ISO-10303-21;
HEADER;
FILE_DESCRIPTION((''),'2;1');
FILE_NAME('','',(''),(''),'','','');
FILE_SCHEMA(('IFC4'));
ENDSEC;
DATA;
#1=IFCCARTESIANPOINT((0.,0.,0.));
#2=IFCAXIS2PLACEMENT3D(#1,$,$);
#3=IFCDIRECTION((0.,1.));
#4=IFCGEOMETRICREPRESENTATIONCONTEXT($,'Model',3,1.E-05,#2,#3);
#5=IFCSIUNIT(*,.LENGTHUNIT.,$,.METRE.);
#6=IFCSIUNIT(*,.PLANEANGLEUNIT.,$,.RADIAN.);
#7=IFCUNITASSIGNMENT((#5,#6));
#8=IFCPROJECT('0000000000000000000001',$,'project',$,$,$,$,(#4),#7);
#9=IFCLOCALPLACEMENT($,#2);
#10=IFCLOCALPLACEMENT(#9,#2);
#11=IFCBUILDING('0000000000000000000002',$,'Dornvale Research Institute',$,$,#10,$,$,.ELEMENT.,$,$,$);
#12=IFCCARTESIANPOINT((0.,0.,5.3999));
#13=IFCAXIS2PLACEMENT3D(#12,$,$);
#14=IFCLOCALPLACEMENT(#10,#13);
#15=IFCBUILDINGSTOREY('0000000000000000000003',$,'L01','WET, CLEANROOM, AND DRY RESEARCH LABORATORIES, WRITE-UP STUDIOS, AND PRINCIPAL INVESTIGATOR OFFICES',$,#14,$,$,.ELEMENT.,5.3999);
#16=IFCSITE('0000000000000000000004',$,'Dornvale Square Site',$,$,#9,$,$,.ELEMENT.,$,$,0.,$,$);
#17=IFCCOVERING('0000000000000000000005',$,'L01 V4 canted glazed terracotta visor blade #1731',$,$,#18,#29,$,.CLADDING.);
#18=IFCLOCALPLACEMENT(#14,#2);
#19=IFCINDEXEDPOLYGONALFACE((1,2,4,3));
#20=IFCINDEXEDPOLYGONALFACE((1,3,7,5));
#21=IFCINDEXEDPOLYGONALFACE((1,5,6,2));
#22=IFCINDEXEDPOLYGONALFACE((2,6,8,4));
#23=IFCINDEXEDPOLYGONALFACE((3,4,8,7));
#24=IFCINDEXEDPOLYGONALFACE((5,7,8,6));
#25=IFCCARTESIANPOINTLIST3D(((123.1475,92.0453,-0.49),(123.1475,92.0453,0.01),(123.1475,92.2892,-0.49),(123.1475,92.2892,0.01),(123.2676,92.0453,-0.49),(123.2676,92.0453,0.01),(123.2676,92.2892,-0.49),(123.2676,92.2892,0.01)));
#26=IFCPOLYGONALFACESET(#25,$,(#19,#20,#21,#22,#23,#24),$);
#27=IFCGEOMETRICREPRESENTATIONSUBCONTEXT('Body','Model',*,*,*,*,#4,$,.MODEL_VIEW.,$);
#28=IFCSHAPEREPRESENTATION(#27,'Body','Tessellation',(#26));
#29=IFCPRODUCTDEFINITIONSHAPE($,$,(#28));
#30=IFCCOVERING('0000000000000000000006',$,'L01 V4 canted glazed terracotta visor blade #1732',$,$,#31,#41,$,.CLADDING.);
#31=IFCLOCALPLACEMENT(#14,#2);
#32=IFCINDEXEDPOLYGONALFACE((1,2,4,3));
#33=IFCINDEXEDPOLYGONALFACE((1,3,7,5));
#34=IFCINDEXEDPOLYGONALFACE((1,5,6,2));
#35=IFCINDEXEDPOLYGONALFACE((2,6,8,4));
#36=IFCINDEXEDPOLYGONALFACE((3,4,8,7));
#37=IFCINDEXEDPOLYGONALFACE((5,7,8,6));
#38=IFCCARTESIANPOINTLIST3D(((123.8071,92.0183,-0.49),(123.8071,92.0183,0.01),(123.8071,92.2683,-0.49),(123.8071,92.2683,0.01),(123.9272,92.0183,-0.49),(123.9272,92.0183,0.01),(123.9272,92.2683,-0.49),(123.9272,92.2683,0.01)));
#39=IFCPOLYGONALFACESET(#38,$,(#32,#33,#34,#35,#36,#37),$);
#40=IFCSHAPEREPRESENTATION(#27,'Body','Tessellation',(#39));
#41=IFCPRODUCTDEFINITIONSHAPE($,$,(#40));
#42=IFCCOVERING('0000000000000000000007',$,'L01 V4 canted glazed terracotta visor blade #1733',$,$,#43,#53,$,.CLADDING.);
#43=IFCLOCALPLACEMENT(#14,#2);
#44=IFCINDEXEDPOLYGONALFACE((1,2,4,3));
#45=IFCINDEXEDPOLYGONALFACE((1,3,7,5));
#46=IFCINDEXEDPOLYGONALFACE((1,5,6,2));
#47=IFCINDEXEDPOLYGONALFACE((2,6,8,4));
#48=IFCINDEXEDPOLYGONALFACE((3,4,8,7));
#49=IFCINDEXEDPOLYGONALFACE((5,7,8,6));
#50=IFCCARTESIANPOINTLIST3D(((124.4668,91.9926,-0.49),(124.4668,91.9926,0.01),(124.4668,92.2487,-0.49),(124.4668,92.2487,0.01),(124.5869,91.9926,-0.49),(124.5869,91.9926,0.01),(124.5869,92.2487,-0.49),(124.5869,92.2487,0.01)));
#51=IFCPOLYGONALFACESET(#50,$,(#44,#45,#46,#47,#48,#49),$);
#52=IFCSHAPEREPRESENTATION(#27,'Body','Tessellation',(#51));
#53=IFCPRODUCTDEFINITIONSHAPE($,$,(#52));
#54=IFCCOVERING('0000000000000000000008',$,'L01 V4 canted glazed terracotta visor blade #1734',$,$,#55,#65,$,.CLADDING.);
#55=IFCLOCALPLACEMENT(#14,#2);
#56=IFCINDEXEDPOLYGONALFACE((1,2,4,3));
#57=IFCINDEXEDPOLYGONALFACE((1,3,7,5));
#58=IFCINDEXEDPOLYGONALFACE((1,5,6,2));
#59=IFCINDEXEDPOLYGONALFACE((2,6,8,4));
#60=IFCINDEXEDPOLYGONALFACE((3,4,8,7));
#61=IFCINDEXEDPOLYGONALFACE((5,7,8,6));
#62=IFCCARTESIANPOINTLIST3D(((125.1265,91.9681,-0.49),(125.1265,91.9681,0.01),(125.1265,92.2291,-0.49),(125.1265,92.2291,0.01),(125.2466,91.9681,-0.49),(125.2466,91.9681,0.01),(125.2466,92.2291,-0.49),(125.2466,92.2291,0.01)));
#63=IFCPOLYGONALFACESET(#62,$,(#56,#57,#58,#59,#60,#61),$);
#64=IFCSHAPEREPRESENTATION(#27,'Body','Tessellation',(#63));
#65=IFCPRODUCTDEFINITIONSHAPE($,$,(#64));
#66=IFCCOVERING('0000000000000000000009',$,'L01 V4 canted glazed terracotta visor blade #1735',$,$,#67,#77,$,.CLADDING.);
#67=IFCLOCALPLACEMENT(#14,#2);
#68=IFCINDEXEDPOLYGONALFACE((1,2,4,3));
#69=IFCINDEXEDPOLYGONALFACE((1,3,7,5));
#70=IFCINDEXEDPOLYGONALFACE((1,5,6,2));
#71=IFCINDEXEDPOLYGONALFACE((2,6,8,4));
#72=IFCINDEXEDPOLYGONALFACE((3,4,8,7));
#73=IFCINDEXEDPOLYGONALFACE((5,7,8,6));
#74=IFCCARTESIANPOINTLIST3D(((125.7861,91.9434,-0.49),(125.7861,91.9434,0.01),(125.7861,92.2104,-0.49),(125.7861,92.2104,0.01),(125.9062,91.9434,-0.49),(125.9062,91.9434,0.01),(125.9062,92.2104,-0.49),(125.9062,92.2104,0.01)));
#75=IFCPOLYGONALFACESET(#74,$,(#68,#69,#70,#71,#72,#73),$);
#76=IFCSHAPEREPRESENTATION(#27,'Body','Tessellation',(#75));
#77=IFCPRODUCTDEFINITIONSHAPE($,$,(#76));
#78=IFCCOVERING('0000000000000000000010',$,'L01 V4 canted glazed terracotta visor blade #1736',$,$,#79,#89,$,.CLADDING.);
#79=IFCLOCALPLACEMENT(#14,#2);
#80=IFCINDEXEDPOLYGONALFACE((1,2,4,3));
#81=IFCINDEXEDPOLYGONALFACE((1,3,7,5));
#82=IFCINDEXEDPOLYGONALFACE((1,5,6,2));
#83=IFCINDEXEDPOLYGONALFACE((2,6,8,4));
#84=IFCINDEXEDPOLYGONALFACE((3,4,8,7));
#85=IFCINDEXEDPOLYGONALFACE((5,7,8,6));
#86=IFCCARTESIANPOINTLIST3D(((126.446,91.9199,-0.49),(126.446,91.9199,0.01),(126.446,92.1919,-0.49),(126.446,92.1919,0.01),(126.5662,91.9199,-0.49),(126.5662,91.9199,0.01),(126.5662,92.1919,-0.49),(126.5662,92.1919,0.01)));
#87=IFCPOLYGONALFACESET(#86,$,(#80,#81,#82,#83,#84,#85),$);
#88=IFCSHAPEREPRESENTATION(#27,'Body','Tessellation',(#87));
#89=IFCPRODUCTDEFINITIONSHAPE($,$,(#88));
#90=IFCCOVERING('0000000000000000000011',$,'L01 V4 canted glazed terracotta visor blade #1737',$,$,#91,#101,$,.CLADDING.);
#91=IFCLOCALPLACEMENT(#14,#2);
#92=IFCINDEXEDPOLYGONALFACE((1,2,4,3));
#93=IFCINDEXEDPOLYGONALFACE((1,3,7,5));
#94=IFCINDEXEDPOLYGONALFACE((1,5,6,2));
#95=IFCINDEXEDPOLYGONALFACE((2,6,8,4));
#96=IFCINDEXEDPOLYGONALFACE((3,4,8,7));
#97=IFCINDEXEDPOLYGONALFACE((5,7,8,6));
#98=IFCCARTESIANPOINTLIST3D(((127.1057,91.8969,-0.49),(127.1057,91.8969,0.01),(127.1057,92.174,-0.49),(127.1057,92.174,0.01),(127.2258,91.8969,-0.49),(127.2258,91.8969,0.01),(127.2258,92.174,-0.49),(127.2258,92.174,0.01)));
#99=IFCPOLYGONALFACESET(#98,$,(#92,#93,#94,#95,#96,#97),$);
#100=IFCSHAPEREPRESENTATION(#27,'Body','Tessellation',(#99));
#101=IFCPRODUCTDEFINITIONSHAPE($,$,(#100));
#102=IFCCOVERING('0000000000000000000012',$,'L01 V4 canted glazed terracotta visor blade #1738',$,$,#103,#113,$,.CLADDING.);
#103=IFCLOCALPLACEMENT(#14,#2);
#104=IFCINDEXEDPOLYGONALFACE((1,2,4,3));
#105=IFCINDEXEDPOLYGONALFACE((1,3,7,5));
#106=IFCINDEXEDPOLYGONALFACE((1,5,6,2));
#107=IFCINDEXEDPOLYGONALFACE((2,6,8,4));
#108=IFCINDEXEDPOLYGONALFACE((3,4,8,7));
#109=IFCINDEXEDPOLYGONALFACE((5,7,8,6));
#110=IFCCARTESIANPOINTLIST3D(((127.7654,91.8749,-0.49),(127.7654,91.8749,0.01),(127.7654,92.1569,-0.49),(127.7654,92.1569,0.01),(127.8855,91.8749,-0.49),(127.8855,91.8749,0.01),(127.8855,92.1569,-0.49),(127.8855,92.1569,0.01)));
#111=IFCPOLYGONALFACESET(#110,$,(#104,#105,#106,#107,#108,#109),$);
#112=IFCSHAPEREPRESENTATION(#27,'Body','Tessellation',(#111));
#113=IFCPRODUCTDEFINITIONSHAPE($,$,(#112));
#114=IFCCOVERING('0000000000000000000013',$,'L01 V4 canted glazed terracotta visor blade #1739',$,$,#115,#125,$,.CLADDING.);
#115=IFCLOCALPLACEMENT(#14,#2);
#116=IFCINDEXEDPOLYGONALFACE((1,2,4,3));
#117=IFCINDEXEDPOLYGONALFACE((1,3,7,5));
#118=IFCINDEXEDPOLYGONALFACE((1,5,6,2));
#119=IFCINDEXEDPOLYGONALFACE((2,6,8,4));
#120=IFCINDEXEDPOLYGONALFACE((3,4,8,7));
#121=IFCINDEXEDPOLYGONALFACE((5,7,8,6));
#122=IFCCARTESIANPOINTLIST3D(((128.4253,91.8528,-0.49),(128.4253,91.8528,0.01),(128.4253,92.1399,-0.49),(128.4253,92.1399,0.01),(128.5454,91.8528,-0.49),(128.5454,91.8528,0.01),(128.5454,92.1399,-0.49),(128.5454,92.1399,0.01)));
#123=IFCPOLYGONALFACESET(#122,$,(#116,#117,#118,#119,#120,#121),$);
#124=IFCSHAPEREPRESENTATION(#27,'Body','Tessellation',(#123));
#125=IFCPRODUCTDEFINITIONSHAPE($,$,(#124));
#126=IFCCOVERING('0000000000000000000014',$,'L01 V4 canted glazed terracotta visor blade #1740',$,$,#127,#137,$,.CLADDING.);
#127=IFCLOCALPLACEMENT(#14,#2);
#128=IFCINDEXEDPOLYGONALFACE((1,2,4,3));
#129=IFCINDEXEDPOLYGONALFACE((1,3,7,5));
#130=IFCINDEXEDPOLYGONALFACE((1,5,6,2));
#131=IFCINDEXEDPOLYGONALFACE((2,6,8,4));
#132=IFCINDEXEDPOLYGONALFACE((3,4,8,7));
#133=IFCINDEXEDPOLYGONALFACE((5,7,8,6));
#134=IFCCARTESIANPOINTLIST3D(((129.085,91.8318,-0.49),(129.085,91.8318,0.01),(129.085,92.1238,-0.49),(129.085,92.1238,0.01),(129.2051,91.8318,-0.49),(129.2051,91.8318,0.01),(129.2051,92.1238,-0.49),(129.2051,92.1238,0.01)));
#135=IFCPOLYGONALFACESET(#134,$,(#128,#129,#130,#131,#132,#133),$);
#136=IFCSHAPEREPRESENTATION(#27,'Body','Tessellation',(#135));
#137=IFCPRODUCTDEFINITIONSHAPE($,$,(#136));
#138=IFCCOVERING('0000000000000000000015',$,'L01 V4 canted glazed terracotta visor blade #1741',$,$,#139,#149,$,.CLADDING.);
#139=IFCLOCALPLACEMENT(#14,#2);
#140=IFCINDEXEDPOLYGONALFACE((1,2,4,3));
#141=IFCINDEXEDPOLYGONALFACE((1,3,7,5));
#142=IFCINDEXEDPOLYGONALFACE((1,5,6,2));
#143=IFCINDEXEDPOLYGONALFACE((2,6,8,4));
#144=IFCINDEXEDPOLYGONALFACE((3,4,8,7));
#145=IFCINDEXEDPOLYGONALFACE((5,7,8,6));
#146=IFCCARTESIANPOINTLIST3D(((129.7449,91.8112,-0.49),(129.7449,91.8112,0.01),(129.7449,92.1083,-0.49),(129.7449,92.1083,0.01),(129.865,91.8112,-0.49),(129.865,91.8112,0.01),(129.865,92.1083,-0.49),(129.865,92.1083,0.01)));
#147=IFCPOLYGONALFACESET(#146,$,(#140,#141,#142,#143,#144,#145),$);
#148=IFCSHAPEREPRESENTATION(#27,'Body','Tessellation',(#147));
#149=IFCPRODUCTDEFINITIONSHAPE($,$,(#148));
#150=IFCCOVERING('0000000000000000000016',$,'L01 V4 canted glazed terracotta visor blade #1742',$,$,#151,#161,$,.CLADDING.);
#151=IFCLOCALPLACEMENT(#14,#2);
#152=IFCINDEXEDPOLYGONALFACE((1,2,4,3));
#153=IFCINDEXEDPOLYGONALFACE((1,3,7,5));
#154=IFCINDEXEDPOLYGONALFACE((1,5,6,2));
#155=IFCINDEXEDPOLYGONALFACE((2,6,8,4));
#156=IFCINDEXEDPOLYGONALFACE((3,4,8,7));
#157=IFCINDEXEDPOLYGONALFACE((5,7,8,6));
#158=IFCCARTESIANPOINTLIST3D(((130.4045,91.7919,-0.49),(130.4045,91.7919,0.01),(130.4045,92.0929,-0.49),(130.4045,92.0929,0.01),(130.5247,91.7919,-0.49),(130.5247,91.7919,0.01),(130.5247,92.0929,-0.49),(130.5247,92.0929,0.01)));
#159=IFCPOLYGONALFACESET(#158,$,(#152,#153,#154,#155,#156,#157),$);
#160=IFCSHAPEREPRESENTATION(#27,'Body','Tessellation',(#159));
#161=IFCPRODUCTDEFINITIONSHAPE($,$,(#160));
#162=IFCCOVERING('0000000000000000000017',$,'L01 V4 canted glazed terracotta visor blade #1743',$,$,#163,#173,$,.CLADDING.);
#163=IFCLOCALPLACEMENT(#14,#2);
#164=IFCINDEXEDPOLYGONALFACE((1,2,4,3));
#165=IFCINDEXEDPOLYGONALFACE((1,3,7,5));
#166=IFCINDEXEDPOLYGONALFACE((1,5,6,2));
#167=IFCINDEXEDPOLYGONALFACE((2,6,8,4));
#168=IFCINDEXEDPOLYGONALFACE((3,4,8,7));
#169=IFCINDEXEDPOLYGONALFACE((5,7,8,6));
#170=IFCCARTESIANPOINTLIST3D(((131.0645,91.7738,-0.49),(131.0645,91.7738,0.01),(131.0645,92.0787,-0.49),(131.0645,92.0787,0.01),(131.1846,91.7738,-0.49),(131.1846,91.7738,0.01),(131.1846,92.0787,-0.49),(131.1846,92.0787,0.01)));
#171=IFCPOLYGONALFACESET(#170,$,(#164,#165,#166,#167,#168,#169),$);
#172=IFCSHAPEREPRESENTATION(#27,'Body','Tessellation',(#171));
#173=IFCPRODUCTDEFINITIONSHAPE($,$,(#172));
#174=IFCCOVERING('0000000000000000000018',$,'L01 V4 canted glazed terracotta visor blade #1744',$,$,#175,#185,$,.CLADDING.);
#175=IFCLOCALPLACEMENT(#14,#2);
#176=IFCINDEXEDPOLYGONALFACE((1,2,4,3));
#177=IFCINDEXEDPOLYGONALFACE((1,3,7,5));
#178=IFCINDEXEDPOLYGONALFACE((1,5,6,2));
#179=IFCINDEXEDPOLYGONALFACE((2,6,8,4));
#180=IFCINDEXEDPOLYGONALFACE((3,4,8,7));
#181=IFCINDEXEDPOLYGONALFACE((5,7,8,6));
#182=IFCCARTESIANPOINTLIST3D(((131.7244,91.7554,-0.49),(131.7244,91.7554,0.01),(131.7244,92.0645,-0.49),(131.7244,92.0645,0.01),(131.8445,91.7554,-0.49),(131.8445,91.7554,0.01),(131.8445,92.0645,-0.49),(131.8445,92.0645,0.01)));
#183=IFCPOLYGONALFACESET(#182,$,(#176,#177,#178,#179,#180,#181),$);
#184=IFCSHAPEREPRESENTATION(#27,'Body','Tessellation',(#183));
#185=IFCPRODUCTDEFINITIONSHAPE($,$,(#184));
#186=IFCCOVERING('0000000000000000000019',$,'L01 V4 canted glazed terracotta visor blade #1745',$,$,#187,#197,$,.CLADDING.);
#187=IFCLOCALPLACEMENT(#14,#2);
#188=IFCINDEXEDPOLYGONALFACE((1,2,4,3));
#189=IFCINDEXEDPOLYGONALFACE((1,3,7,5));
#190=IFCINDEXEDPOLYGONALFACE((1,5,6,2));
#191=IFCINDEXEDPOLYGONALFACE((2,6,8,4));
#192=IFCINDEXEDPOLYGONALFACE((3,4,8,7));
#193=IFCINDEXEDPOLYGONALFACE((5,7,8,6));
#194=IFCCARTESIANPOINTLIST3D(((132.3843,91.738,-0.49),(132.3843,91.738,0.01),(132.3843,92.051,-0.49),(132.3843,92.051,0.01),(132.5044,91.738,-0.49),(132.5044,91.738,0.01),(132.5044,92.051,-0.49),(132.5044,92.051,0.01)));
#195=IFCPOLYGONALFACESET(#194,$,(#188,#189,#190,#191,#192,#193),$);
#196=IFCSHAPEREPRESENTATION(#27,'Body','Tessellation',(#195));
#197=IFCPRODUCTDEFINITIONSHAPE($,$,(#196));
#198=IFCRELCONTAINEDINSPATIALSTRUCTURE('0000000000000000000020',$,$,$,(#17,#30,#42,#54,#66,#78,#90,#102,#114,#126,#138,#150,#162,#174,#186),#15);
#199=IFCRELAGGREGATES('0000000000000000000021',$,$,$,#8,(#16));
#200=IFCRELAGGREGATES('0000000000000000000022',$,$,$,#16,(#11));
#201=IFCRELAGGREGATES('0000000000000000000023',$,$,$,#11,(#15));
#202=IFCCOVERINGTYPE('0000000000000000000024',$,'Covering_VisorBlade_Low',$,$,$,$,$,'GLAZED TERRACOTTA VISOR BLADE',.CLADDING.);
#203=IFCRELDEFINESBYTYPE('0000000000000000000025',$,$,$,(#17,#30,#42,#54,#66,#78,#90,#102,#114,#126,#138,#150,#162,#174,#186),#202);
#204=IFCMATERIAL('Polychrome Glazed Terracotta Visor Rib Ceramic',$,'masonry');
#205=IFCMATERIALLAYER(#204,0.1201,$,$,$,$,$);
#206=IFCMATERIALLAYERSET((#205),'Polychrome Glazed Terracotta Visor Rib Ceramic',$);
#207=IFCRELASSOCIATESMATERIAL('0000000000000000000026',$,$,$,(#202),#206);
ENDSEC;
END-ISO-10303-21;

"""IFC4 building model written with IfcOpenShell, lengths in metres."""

from ifc_helpers import new_model, si_unit, direction, frame, origin, origin_2d, place, context, subcontext, project, spatial, rectangle, extrude, material, layer, layer_set, type_object, element, save


model = new_model("IFC4")

# Units and contexts
model_context = context("Model", 3, precision=1e-05, world=origin(), true_north=direction((0.0, 1.0)))
body_context = subcontext(model_context, "Body", "Model", "MODEL_VIEW")
ifc_project = project(units=[si_unit("LENGTHUNIT", "METRE"), si_unit("PLANEANGLEUNIT", "RADIAN")], contexts=[model_context])

# Site, building, storey
site_placement = place(None, origin())
site = spatial("IfcSite", under=ifc_project, at=site_placement, Name="Dornvale Square Site", CompositionType="ELEMENT", RefElevation=0.0)
building_placement = place(site_placement, origin())
building = spatial("IfcBuilding", under=site, at=building_placement, Name="Dornvale Research Institute", CompositionType="ELEMENT")
storey_placement = place(building_placement, frame((0.0, 0.0, 5.3999)))
storey = spatial("IfcBuildingStorey", under=building, at=storey_placement, Name="L01", Description="WET, CLEANROOM, AND DRY RESEARCH LABORATORIES, WRITE-UP STUDIOS, AND PRINCIPAL INVESTIGATOR OFFICES", CompositionType="ELEMENT", Elevation=5.3999)

# Coverings
ifc_material_1 = material(Name="Polychrome Glazed Terracotta Visor Rib Ceramic", Category="masonry")
ifc_layer_1 = layer(ifc_material_1, 0.1201)
ifc_layer_set_1 = layer_set([ifc_layer_1], Name="Polychrome Glazed Terracotta Visor Rib Ceramic")
covering_type = type_object("IfcCoveringType", Name="Covering_VisorBlade_Low", ElementType="GLAZED TERRACOTTA VISOR BLADE", PredefinedType="CLADDING", material=ifc_layer_set_1)
covering_1_placement = place(storey_placement, frame((123.2075, 92.1672, -0.49), z_axis=(0.0, 0.0, 1.0), x_axis=(0.0, 1.0, 0.0)))
element("IfcCovering", 1, at=covering_1_placement, inside=storey, type_object=covering_type, Name="L01 V4 canted glazed terracotta visor blade #1731", PredefinedType="CLADDING", context=body_context, shape_type="SweptSolid", body=[
    extrude(rectangle(XDim=0.2439, YDim=0.1201, at=origin_2d()), origin(), (0.0, 0.0, 1.0), 0.5),
])
covering_2_placement = place(storey_placement, frame((123.8672, 92.1433, -0.49), z_axis=(0.0, 0.0, 1.0), x_axis=(0.0, 1.0, 0.0)))
element("IfcCovering", 2, at=covering_2_placement, inside=storey, type_object=covering_type, Name="L01 V4 canted glazed terracotta visor blade #1732", PredefinedType="CLADDING", context=body_context, shape_type="SweptSolid", body=[
    extrude(rectangle(XDim=0.25, YDim=0.1201, at=origin_2d()), origin(), (0.0, 0.0, 1.0), 0.5),
])
covering_3_placement = place(storey_placement, frame((124.5269, 92.1206, -0.49), z_axis=(0.0, 0.0, 1.0), x_axis=(0.0, 1.0, 0.0)))
element("IfcCovering", 3, at=covering_3_placement, inside=storey, type_object=covering_type, Name="L01 V4 canted glazed terracotta visor blade #1733", PredefinedType="CLADDING", context=body_context, shape_type="SweptSolid", body=[
    extrude(rectangle(XDim=0.2561, YDim=0.1201, at=origin_2d()), origin(), (0.0, 0.0, 1.0), 0.5),
])
covering_4_placement = place(storey_placement, frame((125.1865, 92.0986, -0.49), z_axis=(0.0, 0.0, 1.0), x_axis=(0.0, 1.0, 0.0)))
element("IfcCovering", 4, at=covering_4_placement, inside=storey, type_object=covering_type, Name="L01 V4 canted glazed terracotta visor blade #1734", PredefinedType="CLADDING", context=body_context, shape_type="SweptSolid", body=[
    extrude(rectangle(XDim=0.261, YDim=0.1201, at=origin_2d()), origin(), (0.0, 0.0, 1.0), 0.5),
])
covering_5_placement = place(storey_placement, frame((125.8462, 92.0769, -0.49), z_axis=(0.0, 0.0, 1.0), x_axis=(0.0, 1.0, 0.0)))
element("IfcCovering", 5, at=covering_5_placement, inside=storey, type_object=covering_type, Name="L01 V4 canted glazed terracotta visor blade #1735", PredefinedType="CLADDING", context=body_context, shape_type="SweptSolid", body=[
    extrude(rectangle(XDim=0.2671, YDim=0.1201, at=origin_2d()), origin(), (0.0, 0.0, 1.0), 0.5),
])
covering_6_placement = place(storey_placement, frame((126.5061, 92.0559, -0.49), z_axis=(0.0, 0.0, 1.0), x_axis=(0.0, 1.0, 0.0)))
element("IfcCovering", 6, at=covering_6_placement, inside=storey, type_object=covering_type, Name="L01 V4 canted glazed terracotta visor blade #1736", PredefinedType="CLADDING", context=body_context, shape_type="SweptSolid", body=[
    extrude(rectangle(XDim=0.272, YDim=0.1201, at=origin_2d()), origin(), (0.0, 0.0, 1.0), 0.5),
])
covering_7_placement = place(storey_placement, frame((127.1658, 92.0354, -0.49), z_axis=(0.0, 0.0, 1.0), x_axis=(0.0, 1.0, 0.0)))
element("IfcCovering", 7, at=covering_7_placement, inside=storey, type_object=covering_type, Name="L01 V4 canted glazed terracotta visor blade #1737", PredefinedType="CLADDING", context=body_context, shape_type="SweptSolid", body=[
    extrude(rectangle(XDim=0.2771, YDim=0.1201, at=origin_2d()), origin(), (0.0, 0.0, 1.0), 0.5),
])
covering_8_placement = place(storey_placement, frame((127.8254, 92.0159, -0.49), z_axis=(0.0, 0.0, 1.0), x_axis=(0.0, 1.0, 0.0)))
element("IfcCovering", 8, at=covering_8_placement, inside=storey, type_object=covering_type, Name="L01 V4 canted glazed terracotta visor blade #1738", PredefinedType="CLADDING", context=body_context, shape_type="SweptSolid", body=[
    extrude(rectangle(XDim=0.282, YDim=0.1201, at=origin_2d()), origin(), (0.0, 0.0, 1.0), 0.5),
])
covering_9_placement = place(storey_placement, frame((128.4854, 91.9963, -0.49), z_axis=(0.0, 0.0, 1.0), x_axis=(0.0, 1.0, 0.0)))
element("IfcCovering", 9, at=covering_9_placement, inside=storey, type_object=covering_type, Name="L01 V4 canted glazed terracotta visor blade #1739", PredefinedType="CLADDING", context=body_context, shape_type="SweptSolid", body=[
    extrude(rectangle(XDim=0.2871, YDim=0.1201, at=origin_2d()), origin(), (0.0, 0.0, 1.0), 0.5),
])
covering_10_placement = place(storey_placement, frame((129.145, 91.9778, -0.49), z_axis=(0.0, 0.0, 1.0), x_axis=(0.0, 1.0, 0.0)))
element("IfcCovering", 10, at=covering_10_placement, inside=storey, type_object=covering_type, Name="L01 V4 canted glazed terracotta visor blade #1740", PredefinedType="CLADDING", context=body_context, shape_type="SweptSolid", body=[
    extrude(rectangle(XDim=0.292, YDim=0.1201, at=origin_2d()), origin(), (0.0, 0.0, 1.0), 0.5),
])
covering_11_placement = place(storey_placement, frame((129.8049, 91.9597, -0.49), z_axis=(0.0, 0.0, 1.0), x_axis=(0.0, 1.0, 0.0)))
element("IfcCovering", 11, at=covering_11_placement, inside=storey, type_object=covering_type, Name="L01 V4 canted glazed terracotta visor blade #1741", PredefinedType="CLADDING", context=body_context, shape_type="SweptSolid", body=[
    extrude(rectangle(XDim=0.2971, YDim=0.1201, at=origin_2d()), origin(), (0.0, 0.0, 1.0), 0.5),
])
covering_12_placement = place(storey_placement, frame((130.4646, 91.9424, -0.49), z_axis=(0.0, 0.0, 1.0), x_axis=(0.0, 1.0, 0.0)))
element("IfcCovering", 12, at=covering_12_placement, inside=storey, type_object=covering_type, Name="L01 V4 canted glazed terracotta visor blade #1742", PredefinedType="CLADDING", context=body_context, shape_type="SweptSolid", body=[
    extrude(rectangle(XDim=0.301, YDim=0.1201, at=origin_2d()), origin(), (0.0, 0.0, 1.0), 0.5),
])
covering_13_placement = place(storey_placement, frame((131.1245, 91.9263, -0.49), z_axis=(0.0, 0.0, 1.0), x_axis=(0.0, 1.0, 0.0)))
element("IfcCovering", 13, at=covering_13_placement, inside=storey, type_object=covering_type, Name="L01 V4 canted glazed terracotta visor blade #1743", PredefinedType="CLADDING", context=body_context, shape_type="SweptSolid", body=[
    extrude(rectangle(XDim=0.3049, YDim=0.1201, at=origin_2d()), origin(), (0.0, 0.0, 1.0), 0.5),
])
covering_14_placement = place(storey_placement, frame((131.7844, 91.9099, -0.49), z_axis=(0.0, 0.0, 1.0), x_axis=(0.0, 1.0, 0.0)))
element("IfcCovering", 14, at=covering_14_placement, inside=storey, type_object=covering_type, Name="L01 V4 canted glazed terracotta visor blade #1744", PredefinedType="CLADDING", context=body_context, shape_type="SweptSolid", body=[
    extrude(rectangle(XDim=0.3091, YDim=0.1201, at=origin_2d()), origin(), (0.0, 0.0, 1.0), 0.5),
])
covering_15_placement = place(storey_placement, frame((132.4443, 91.8945, -0.49), z_axis=(0.0, 0.0, 1.0), x_axis=(0.0, 1.0, 0.0)))
element("IfcCovering", 15, at=covering_15_placement, inside=storey, type_object=covering_type, Name="L01 V4 canted glazed terracotta visor blade #1745", PredefinedType="CLADDING", context=body_context, shape_type="SweptSolid", body=[
    extrude(rectangle(XDim=0.313, YDim=0.1201, at=origin_2d()), origin(), (0.0, 0.0, 1.0), 0.5),
])

save(model, "model.ifc")
